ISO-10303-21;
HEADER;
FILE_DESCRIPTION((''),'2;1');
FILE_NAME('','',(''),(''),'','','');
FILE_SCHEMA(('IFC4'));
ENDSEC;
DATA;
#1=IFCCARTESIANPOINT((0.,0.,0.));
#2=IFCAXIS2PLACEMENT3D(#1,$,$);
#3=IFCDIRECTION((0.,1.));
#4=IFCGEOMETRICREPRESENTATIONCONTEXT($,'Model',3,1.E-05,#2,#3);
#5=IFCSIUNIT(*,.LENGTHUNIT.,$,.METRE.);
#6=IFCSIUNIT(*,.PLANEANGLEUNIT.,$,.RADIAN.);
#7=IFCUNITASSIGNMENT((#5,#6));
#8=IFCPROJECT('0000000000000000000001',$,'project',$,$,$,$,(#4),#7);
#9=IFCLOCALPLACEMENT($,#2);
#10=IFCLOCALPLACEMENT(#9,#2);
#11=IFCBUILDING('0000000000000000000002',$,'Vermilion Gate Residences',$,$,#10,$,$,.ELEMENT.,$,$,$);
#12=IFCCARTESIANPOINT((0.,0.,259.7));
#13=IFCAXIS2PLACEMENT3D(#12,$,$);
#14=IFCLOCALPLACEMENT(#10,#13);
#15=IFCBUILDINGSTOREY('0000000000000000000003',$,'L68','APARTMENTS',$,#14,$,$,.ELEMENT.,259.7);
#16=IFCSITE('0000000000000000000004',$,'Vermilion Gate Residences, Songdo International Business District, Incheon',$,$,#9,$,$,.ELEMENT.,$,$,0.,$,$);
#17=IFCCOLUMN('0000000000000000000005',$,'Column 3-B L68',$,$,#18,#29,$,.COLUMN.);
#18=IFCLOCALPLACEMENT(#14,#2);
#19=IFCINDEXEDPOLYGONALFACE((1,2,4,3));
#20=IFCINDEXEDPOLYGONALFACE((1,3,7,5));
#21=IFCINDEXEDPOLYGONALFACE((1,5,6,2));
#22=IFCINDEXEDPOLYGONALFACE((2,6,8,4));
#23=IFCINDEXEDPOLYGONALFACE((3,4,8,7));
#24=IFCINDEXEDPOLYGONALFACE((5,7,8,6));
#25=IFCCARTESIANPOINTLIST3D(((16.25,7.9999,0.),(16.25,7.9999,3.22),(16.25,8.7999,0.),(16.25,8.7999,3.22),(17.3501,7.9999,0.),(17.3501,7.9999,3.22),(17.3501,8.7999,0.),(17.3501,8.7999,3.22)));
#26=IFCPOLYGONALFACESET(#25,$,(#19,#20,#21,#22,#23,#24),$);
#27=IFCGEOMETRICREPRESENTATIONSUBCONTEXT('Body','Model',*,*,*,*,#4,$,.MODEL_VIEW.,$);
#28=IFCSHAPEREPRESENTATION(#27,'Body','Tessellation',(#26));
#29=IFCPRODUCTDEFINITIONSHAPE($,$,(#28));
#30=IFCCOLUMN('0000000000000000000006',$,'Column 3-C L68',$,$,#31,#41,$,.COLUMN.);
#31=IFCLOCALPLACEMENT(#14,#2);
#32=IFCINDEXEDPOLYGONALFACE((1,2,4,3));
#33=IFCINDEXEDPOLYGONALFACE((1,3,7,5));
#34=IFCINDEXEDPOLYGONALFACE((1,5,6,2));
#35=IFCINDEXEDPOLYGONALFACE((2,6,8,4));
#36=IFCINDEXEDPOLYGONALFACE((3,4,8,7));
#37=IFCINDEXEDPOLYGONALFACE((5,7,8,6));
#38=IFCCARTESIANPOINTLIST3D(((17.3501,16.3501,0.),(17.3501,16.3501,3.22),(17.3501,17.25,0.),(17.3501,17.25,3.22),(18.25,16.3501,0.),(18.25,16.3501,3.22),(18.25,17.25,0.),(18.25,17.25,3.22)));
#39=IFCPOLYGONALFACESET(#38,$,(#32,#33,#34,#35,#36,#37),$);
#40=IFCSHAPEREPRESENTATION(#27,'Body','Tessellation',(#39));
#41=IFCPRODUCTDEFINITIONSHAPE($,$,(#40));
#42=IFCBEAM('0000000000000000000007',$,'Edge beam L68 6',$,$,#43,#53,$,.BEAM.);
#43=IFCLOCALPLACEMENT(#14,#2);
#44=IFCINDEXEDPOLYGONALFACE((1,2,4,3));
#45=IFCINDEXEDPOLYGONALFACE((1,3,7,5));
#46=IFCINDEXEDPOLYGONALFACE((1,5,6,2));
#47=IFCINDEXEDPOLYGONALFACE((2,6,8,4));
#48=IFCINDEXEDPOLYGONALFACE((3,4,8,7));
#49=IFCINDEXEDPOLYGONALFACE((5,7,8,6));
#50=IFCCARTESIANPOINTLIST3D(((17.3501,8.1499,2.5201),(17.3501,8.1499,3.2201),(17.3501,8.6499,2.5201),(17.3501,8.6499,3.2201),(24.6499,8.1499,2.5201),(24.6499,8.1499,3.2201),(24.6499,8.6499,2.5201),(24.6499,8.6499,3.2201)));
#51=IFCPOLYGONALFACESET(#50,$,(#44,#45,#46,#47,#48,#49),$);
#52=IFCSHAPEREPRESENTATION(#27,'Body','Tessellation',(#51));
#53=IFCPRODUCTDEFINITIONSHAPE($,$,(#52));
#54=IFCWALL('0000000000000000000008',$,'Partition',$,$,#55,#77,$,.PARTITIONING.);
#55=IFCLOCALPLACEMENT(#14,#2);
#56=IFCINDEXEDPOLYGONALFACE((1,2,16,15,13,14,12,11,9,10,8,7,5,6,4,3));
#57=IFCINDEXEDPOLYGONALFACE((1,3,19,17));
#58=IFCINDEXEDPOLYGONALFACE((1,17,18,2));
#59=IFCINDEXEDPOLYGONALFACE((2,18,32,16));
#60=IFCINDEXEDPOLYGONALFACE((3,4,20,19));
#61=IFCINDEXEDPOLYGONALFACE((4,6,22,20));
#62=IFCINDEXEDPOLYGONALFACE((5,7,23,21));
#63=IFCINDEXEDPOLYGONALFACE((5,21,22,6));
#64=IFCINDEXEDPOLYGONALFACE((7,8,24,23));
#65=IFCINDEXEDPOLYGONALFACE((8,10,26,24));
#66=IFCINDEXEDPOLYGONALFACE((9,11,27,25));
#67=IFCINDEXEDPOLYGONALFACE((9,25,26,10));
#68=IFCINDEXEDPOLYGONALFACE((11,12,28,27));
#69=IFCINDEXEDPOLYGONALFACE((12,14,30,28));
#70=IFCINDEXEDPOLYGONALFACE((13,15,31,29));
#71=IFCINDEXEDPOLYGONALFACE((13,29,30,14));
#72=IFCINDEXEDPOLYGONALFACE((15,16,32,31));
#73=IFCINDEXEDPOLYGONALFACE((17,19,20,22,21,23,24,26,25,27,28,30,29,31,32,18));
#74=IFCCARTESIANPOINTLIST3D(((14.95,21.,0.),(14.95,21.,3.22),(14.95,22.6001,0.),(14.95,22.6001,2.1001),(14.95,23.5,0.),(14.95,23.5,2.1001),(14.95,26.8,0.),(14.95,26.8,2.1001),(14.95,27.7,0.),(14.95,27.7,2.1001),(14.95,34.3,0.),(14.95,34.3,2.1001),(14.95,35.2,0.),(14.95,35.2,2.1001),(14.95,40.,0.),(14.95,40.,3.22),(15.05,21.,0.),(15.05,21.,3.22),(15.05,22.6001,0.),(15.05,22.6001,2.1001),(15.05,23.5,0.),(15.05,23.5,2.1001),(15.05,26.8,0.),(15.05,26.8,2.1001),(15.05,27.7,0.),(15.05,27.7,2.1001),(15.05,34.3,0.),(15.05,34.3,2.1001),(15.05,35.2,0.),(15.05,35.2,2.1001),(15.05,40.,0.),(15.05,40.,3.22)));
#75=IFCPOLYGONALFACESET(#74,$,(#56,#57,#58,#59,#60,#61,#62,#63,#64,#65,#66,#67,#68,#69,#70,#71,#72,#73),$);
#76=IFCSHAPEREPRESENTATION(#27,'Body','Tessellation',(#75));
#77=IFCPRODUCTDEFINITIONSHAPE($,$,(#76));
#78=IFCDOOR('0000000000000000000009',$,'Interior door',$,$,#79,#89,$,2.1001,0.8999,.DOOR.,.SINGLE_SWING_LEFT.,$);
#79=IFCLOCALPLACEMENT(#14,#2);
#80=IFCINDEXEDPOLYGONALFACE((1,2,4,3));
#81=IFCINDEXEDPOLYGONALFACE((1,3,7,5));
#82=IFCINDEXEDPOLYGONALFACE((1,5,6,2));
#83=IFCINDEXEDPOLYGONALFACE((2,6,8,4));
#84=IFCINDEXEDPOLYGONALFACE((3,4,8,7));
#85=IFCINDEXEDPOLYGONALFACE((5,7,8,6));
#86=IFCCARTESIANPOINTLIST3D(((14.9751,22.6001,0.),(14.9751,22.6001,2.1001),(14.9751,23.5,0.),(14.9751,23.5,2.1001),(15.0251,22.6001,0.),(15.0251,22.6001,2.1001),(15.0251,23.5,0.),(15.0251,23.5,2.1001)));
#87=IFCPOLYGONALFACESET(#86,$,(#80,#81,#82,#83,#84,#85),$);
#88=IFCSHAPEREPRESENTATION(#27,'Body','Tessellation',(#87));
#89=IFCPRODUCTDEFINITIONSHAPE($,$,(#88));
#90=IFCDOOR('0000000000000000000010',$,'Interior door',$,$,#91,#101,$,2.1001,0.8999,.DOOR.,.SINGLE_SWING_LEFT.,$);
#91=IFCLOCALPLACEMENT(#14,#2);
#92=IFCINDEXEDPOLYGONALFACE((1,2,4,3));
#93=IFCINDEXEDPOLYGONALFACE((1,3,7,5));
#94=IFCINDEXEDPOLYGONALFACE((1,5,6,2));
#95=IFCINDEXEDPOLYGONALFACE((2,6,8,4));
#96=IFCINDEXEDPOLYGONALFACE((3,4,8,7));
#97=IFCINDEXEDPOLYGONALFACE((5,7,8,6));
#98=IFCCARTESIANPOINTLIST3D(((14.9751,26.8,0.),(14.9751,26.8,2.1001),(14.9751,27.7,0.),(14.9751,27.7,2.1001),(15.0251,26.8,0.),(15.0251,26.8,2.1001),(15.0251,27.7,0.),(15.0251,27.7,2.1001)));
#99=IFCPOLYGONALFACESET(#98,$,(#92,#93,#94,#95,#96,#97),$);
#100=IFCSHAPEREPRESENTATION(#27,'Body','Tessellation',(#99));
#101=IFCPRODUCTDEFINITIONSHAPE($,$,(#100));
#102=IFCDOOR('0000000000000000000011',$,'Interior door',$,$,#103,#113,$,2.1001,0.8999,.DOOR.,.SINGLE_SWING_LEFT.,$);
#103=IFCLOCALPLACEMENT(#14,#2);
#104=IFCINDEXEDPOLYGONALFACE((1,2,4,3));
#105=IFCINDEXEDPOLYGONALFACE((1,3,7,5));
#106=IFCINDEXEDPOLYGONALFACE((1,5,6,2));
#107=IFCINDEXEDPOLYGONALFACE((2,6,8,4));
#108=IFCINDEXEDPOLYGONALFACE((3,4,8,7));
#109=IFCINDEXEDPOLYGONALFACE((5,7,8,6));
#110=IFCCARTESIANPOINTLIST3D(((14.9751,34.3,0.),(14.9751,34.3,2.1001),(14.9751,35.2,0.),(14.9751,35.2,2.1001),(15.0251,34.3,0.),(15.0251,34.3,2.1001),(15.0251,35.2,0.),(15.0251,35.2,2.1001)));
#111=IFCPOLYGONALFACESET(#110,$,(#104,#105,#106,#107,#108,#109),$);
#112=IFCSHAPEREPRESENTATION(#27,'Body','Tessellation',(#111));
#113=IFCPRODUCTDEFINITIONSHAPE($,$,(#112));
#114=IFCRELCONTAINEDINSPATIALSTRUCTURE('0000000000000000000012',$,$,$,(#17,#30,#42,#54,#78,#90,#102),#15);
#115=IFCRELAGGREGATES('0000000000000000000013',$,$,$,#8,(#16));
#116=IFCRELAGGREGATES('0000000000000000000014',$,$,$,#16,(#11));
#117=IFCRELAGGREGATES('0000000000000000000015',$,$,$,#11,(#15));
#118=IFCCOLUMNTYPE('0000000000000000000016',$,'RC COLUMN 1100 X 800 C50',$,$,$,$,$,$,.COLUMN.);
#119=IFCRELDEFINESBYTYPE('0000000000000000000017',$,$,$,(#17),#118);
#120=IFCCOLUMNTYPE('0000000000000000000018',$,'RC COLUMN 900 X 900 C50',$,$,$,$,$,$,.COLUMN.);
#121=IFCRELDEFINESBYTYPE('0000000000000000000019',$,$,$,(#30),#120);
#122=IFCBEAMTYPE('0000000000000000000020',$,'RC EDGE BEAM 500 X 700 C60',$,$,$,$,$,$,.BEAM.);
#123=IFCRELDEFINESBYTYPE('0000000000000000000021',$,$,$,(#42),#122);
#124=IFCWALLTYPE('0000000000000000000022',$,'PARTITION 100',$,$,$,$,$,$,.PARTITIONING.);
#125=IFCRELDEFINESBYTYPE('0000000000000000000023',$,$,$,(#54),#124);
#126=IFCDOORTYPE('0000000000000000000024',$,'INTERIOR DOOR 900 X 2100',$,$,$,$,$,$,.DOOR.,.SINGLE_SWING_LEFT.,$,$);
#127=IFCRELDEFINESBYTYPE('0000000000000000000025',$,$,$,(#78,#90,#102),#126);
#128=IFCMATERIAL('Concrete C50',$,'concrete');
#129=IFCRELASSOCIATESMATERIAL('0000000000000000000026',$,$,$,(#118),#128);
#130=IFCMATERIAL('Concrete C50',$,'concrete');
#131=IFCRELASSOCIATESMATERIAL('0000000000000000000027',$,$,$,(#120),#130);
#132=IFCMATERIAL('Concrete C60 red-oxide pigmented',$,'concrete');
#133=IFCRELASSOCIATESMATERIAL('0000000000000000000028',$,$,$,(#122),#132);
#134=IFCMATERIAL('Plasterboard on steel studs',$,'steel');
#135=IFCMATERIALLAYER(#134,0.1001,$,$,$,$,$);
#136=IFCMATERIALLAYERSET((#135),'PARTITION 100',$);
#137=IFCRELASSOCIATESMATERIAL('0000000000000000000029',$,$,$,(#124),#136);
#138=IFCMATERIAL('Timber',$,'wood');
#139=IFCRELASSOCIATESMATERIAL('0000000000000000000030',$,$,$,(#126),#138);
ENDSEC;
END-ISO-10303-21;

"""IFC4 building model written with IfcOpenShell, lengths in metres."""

from ifc_helpers import new_model, si_unit, direction, frame, frame_2d, origin, origin_2d, place, context, subcontext, project, spatial, rectangle, extrude, material, layer, layer_set, material_profile, profile_set, type_object, element, fill, save


model = new_model("IFC4")

# Units and contexts
model_context = context("Model", 3, precision=1e-05, world=origin(), true_north=direction((0.0, 1.0)))
body_context = subcontext(model_context, "Body", "Model", "MODEL_VIEW")
ifc_project = project(units=[si_unit("LENGTHUNIT", "METRE"), si_unit("PLANEANGLEUNIT", "RADIAN")], contexts=[model_context])

# Site, building, storey
site_placement = place(None, origin())
site = spatial("IfcSite", under=ifc_project, at=site_placement, Name="Vermilion Gate Residences, Songdo International Business District, Incheon", CompositionType="ELEMENT", RefElevation=0.0)
building_placement = place(site_placement, origin())
building = spatial("IfcBuilding", under=site, at=building_placement, Name="Vermilion Gate Residences", CompositionType="ELEMENT")
storey_placement = place(building_placement, frame((0.0, 0.0, 259.7)))
storey = spatial("IfcBuildingStorey", under=building, at=storey_placement, Name="L68", Description="APARTMENTS", CompositionType="ELEMENT", Elevation=259.7)

# Columns
ifc_material_1 = material(Name="Concrete C50", Category="concrete")
ifc_material_profile_1 = material_profile(ifc_material_1, rectangle(XDim=1.1001, YDim=0.8, at=origin_2d()), Name="RC-1100x800")
ifc_profile_set_1 = profile_set([ifc_material_profile_1], Name="Concrete C50")
column_type_1 = type_object("IfcColumnType", Name="RC COLUMN 1100 X 800 C50", PredefinedType="COLUMN", material=ifc_profile_set_1)
column_1_placement = place(storey_placement, frame((16.8, 8.3999, 0.0), z_axis=(0.0, 0.0, 1.0), x_axis=(1.0, 0.0, 0.0)))
element("IfcColumn", 1, at=column_1_placement, inside=storey, type_object=column_type_1, Name="Column 3-B L68", PredefinedType="COLUMN", context=body_context, shape_type="SweptSolid", body=[
    extrude(rectangle(XDim=1.1001, YDim=0.8, at=origin_2d()), origin(), (0.0, 0.0, 1.0), 3.22),
])
ifc_material_2 = material(Name="Concrete C50", Category="concrete")
ifc_material_profile_2 = material_profile(ifc_material_2, rectangle(XDim=0.8999, YDim=0.8999, at=origin_2d()), Name="RC-900x900")
ifc_profile_set_2 = profile_set([ifc_material_profile_2], Name="Concrete C50")
column_type_2 = type_object("IfcColumnType", Name="RC COLUMN 900 X 900 C50", PredefinedType="COLUMN", material=ifc_profile_set_2)
column_2_placement = place(storey_placement, frame((17.8, 16.8, 0.0), z_axis=(0.0, 0.0, 1.0), x_axis=(1.0, 0.0, 0.0)))
element("IfcColumn", 2, at=column_2_placement, inside=storey, type_object=column_type_2, Name="Column 3-C L68", PredefinedType="COLUMN", context=body_context, shape_type="SweptSolid", body=[
    extrude(rectangle(XDim=0.8999, YDim=0.8999, at=origin_2d()), origin(), (0.0, 0.0, 1.0), 3.22),
])

# Beam
ifc_material_3 = material(Name="Concrete C60 red-oxide pigmented", Category="concrete")
ifc_material_profile_3 = material_profile(ifc_material_3, rectangle(XDim=0.5, YDim=0.7, at=origin_2d()), Name="RC-500x700")
ifc_profile_set_3 = profile_set([ifc_material_profile_3], Name="Concrete C60 red-oxide pigmented")
beam_type = type_object("IfcBeamType", Name="RC EDGE BEAM 500 X 700 C60", PredefinedType="BEAM", material=ifc_profile_set_3)
beam_placement = place(storey_placement, frame((17.3501, 8.3999, 2.8701), z_axis=(1.0, 0.0, 0.0), x_axis=(0.0, 1.0, 0.0)))
element("IfcBeam", 3, at=beam_placement, inside=storey, type_object=beam_type, Name="Edge beam L68 6", PredefinedType="BEAM", context=body_context, shape_type="SweptSolid", body=[
    extrude(rectangle(XDim=0.5, YDim=0.7, at=origin_2d()), origin(), (0.0, 0.0, 1.0), 7.2998),
])

# Wall, openings, doors
ifc_material_4 = material(Name="Plasterboard on steel studs", Category="steel")
ifc_layer_1 = layer(ifc_material_4, 0.1001)
ifc_layer_set_1 = layer_set([ifc_layer_1], Name="PARTITION 100")
wall_type_1 = type_object("IfcWallType", Name="PARTITION 100", PredefinedType="PARTITIONING", material=ifc_layer_set_1)
wall_1_placement = place(storey_placement, frame((15.0, 21.0, 0.0), z_axis=(0.0, 0.0, 1.0), x_axis=(0.0, 1.0, 0.0)))
wall_1 = element("IfcWall", 4, at=wall_1_placement, inside=storey, type_object=wall_type_1, Name="Partition", PredefinedType="PARTITIONING", context=body_context, shape_type="SweptSolid", body=[
    extrude(rectangle(XDim=19.0, YDim=0.1001, at=frame_2d((9.5, 0.0))), origin(), (0.0, 0.0, 1.0), 3.22),
])
opening_1_placement = place(wall_1_placement, frame((1.6001, 0.0, 0.0)))
opening_1 = element("IfcOpeningElement", 5, at=opening_1_placement, cuts=wall_1, PredefinedType="OPENING", context=body_context, shape_type="SweptSolid", body=[
    extrude(rectangle(XDim=0.8999, YDim=2.1001, at=frame_2d((0.45, 1.05))), frame((0.0, 0.0601, 0.0), z_axis=(0.0, -1.0, 0.0), x_axis=(1.0, 0.0, 0.0)), (0.0, 0.0, 1.0), 0.1201),
])
opening_2_placement = place(wall_1_placement, frame((5.8, 0.0, 0.0)))
opening_2 = element("IfcOpeningElement", 6, at=opening_2_placement, cuts=wall_1, PredefinedType="OPENING", context=body_context, shape_type="SweptSolid", body=[
    extrude(rectangle(XDim=0.8999, YDim=2.1001, at=frame_2d((0.45, 1.05))), frame((0.0, 0.0601, 0.0), z_axis=(0.0, -1.0, 0.0), x_axis=(1.0, 0.0, 0.0)), (0.0, 0.0, 1.0), 0.1201),
])
opening_3_placement = place(wall_1_placement, frame((13.3, 0.0, 0.0)))
opening_3 = element("IfcOpeningElement", 7, at=opening_3_placement, cuts=wall_1, PredefinedType="OPENING", context=body_context, shape_type="SweptSolid", body=[
    extrude(rectangle(XDim=0.8999, YDim=2.1001, at=frame_2d((0.45, 1.05))), frame((0.0, 0.0601, 0.0), z_axis=(0.0, -1.0, 0.0), x_axis=(1.0, 0.0, 0.0)), (0.0, 0.0, 1.0), 0.1201),
])
ifc_material_5 = material(Name="Timber", Category="wood")
door_type_1 = type_object("IfcDoorType", Name="INTERIOR DOOR 900 X 2100", OperationType="SINGLE_SWING_LEFT", PredefinedType="DOOR", material=ifc_material_5)
door_1_placement = place(opening_1_placement, origin())
door_1 = element("IfcDoor", 8, at=door_1_placement, inside=storey, type_object=door_type_1, Name="Interior door", OperationType="SINGLE_SWING_LEFT", OverallHeight=2.1001, OverallWidth=0.8999, PredefinedType="DOOR", context=body_context, shape_type="SweptSolid", body=[
    extrude(rectangle(XDim=0.8999, YDim=2.1001, at=frame_2d((0.45, 1.05))), frame((0.0, 0.0249, 0.0), z_axis=(0.0, -1.0, 0.0), x_axis=(1.0, 0.0, 0.0)), (0.0, 0.0, 1.0), 0.05),
])
fill(opening_1, door_1)
door_2_placement = place(opening_2_placement, origin())
door_2 = element("IfcDoor", 9, at=door_2_placement, inside=storey, type_object=door_type_1, Name="Interior door", OperationType="SINGLE_SWING_LEFT", OverallHeight=2.1001, OverallWidth=0.8999, PredefinedType="DOOR", context=body_context, shape_type="SweptSolid", body=[
    extrude(rectangle(XDim=0.8999, YDim=2.1001, at=frame_2d((0.45, 1.05))), frame((0.0, 0.0249, 0.0), z_axis=(0.0, -1.0, 0.0), x_axis=(1.0, 0.0, 0.0)), (0.0, 0.0, 1.0), 0.05),
])
fill(opening_2, door_2)
door_3_placement = place(opening_3_placement, origin())
door_3 = element("IfcDoor", 10, at=door_3_placement, inside=storey, type_object=door_type_1, Name="Interior door", OperationType="SINGLE_SWING_LEFT", OverallHeight=2.1001, OverallWidth=0.8999, PredefinedType="DOOR", context=body_context, shape_type="SweptSolid", body=[
    extrude(rectangle(XDim=0.8999, YDim=2.1001, at=frame_2d((0.45, 1.05))), frame((0.0, 0.0249, 0.0), z_axis=(0.0, -1.0, 0.0), x_axis=(1.0, 0.0, 0.0)), (0.0, 0.0, 1.0), 0.05),
])
fill(opening_3, door_3)

save(model, "model.ifc")
